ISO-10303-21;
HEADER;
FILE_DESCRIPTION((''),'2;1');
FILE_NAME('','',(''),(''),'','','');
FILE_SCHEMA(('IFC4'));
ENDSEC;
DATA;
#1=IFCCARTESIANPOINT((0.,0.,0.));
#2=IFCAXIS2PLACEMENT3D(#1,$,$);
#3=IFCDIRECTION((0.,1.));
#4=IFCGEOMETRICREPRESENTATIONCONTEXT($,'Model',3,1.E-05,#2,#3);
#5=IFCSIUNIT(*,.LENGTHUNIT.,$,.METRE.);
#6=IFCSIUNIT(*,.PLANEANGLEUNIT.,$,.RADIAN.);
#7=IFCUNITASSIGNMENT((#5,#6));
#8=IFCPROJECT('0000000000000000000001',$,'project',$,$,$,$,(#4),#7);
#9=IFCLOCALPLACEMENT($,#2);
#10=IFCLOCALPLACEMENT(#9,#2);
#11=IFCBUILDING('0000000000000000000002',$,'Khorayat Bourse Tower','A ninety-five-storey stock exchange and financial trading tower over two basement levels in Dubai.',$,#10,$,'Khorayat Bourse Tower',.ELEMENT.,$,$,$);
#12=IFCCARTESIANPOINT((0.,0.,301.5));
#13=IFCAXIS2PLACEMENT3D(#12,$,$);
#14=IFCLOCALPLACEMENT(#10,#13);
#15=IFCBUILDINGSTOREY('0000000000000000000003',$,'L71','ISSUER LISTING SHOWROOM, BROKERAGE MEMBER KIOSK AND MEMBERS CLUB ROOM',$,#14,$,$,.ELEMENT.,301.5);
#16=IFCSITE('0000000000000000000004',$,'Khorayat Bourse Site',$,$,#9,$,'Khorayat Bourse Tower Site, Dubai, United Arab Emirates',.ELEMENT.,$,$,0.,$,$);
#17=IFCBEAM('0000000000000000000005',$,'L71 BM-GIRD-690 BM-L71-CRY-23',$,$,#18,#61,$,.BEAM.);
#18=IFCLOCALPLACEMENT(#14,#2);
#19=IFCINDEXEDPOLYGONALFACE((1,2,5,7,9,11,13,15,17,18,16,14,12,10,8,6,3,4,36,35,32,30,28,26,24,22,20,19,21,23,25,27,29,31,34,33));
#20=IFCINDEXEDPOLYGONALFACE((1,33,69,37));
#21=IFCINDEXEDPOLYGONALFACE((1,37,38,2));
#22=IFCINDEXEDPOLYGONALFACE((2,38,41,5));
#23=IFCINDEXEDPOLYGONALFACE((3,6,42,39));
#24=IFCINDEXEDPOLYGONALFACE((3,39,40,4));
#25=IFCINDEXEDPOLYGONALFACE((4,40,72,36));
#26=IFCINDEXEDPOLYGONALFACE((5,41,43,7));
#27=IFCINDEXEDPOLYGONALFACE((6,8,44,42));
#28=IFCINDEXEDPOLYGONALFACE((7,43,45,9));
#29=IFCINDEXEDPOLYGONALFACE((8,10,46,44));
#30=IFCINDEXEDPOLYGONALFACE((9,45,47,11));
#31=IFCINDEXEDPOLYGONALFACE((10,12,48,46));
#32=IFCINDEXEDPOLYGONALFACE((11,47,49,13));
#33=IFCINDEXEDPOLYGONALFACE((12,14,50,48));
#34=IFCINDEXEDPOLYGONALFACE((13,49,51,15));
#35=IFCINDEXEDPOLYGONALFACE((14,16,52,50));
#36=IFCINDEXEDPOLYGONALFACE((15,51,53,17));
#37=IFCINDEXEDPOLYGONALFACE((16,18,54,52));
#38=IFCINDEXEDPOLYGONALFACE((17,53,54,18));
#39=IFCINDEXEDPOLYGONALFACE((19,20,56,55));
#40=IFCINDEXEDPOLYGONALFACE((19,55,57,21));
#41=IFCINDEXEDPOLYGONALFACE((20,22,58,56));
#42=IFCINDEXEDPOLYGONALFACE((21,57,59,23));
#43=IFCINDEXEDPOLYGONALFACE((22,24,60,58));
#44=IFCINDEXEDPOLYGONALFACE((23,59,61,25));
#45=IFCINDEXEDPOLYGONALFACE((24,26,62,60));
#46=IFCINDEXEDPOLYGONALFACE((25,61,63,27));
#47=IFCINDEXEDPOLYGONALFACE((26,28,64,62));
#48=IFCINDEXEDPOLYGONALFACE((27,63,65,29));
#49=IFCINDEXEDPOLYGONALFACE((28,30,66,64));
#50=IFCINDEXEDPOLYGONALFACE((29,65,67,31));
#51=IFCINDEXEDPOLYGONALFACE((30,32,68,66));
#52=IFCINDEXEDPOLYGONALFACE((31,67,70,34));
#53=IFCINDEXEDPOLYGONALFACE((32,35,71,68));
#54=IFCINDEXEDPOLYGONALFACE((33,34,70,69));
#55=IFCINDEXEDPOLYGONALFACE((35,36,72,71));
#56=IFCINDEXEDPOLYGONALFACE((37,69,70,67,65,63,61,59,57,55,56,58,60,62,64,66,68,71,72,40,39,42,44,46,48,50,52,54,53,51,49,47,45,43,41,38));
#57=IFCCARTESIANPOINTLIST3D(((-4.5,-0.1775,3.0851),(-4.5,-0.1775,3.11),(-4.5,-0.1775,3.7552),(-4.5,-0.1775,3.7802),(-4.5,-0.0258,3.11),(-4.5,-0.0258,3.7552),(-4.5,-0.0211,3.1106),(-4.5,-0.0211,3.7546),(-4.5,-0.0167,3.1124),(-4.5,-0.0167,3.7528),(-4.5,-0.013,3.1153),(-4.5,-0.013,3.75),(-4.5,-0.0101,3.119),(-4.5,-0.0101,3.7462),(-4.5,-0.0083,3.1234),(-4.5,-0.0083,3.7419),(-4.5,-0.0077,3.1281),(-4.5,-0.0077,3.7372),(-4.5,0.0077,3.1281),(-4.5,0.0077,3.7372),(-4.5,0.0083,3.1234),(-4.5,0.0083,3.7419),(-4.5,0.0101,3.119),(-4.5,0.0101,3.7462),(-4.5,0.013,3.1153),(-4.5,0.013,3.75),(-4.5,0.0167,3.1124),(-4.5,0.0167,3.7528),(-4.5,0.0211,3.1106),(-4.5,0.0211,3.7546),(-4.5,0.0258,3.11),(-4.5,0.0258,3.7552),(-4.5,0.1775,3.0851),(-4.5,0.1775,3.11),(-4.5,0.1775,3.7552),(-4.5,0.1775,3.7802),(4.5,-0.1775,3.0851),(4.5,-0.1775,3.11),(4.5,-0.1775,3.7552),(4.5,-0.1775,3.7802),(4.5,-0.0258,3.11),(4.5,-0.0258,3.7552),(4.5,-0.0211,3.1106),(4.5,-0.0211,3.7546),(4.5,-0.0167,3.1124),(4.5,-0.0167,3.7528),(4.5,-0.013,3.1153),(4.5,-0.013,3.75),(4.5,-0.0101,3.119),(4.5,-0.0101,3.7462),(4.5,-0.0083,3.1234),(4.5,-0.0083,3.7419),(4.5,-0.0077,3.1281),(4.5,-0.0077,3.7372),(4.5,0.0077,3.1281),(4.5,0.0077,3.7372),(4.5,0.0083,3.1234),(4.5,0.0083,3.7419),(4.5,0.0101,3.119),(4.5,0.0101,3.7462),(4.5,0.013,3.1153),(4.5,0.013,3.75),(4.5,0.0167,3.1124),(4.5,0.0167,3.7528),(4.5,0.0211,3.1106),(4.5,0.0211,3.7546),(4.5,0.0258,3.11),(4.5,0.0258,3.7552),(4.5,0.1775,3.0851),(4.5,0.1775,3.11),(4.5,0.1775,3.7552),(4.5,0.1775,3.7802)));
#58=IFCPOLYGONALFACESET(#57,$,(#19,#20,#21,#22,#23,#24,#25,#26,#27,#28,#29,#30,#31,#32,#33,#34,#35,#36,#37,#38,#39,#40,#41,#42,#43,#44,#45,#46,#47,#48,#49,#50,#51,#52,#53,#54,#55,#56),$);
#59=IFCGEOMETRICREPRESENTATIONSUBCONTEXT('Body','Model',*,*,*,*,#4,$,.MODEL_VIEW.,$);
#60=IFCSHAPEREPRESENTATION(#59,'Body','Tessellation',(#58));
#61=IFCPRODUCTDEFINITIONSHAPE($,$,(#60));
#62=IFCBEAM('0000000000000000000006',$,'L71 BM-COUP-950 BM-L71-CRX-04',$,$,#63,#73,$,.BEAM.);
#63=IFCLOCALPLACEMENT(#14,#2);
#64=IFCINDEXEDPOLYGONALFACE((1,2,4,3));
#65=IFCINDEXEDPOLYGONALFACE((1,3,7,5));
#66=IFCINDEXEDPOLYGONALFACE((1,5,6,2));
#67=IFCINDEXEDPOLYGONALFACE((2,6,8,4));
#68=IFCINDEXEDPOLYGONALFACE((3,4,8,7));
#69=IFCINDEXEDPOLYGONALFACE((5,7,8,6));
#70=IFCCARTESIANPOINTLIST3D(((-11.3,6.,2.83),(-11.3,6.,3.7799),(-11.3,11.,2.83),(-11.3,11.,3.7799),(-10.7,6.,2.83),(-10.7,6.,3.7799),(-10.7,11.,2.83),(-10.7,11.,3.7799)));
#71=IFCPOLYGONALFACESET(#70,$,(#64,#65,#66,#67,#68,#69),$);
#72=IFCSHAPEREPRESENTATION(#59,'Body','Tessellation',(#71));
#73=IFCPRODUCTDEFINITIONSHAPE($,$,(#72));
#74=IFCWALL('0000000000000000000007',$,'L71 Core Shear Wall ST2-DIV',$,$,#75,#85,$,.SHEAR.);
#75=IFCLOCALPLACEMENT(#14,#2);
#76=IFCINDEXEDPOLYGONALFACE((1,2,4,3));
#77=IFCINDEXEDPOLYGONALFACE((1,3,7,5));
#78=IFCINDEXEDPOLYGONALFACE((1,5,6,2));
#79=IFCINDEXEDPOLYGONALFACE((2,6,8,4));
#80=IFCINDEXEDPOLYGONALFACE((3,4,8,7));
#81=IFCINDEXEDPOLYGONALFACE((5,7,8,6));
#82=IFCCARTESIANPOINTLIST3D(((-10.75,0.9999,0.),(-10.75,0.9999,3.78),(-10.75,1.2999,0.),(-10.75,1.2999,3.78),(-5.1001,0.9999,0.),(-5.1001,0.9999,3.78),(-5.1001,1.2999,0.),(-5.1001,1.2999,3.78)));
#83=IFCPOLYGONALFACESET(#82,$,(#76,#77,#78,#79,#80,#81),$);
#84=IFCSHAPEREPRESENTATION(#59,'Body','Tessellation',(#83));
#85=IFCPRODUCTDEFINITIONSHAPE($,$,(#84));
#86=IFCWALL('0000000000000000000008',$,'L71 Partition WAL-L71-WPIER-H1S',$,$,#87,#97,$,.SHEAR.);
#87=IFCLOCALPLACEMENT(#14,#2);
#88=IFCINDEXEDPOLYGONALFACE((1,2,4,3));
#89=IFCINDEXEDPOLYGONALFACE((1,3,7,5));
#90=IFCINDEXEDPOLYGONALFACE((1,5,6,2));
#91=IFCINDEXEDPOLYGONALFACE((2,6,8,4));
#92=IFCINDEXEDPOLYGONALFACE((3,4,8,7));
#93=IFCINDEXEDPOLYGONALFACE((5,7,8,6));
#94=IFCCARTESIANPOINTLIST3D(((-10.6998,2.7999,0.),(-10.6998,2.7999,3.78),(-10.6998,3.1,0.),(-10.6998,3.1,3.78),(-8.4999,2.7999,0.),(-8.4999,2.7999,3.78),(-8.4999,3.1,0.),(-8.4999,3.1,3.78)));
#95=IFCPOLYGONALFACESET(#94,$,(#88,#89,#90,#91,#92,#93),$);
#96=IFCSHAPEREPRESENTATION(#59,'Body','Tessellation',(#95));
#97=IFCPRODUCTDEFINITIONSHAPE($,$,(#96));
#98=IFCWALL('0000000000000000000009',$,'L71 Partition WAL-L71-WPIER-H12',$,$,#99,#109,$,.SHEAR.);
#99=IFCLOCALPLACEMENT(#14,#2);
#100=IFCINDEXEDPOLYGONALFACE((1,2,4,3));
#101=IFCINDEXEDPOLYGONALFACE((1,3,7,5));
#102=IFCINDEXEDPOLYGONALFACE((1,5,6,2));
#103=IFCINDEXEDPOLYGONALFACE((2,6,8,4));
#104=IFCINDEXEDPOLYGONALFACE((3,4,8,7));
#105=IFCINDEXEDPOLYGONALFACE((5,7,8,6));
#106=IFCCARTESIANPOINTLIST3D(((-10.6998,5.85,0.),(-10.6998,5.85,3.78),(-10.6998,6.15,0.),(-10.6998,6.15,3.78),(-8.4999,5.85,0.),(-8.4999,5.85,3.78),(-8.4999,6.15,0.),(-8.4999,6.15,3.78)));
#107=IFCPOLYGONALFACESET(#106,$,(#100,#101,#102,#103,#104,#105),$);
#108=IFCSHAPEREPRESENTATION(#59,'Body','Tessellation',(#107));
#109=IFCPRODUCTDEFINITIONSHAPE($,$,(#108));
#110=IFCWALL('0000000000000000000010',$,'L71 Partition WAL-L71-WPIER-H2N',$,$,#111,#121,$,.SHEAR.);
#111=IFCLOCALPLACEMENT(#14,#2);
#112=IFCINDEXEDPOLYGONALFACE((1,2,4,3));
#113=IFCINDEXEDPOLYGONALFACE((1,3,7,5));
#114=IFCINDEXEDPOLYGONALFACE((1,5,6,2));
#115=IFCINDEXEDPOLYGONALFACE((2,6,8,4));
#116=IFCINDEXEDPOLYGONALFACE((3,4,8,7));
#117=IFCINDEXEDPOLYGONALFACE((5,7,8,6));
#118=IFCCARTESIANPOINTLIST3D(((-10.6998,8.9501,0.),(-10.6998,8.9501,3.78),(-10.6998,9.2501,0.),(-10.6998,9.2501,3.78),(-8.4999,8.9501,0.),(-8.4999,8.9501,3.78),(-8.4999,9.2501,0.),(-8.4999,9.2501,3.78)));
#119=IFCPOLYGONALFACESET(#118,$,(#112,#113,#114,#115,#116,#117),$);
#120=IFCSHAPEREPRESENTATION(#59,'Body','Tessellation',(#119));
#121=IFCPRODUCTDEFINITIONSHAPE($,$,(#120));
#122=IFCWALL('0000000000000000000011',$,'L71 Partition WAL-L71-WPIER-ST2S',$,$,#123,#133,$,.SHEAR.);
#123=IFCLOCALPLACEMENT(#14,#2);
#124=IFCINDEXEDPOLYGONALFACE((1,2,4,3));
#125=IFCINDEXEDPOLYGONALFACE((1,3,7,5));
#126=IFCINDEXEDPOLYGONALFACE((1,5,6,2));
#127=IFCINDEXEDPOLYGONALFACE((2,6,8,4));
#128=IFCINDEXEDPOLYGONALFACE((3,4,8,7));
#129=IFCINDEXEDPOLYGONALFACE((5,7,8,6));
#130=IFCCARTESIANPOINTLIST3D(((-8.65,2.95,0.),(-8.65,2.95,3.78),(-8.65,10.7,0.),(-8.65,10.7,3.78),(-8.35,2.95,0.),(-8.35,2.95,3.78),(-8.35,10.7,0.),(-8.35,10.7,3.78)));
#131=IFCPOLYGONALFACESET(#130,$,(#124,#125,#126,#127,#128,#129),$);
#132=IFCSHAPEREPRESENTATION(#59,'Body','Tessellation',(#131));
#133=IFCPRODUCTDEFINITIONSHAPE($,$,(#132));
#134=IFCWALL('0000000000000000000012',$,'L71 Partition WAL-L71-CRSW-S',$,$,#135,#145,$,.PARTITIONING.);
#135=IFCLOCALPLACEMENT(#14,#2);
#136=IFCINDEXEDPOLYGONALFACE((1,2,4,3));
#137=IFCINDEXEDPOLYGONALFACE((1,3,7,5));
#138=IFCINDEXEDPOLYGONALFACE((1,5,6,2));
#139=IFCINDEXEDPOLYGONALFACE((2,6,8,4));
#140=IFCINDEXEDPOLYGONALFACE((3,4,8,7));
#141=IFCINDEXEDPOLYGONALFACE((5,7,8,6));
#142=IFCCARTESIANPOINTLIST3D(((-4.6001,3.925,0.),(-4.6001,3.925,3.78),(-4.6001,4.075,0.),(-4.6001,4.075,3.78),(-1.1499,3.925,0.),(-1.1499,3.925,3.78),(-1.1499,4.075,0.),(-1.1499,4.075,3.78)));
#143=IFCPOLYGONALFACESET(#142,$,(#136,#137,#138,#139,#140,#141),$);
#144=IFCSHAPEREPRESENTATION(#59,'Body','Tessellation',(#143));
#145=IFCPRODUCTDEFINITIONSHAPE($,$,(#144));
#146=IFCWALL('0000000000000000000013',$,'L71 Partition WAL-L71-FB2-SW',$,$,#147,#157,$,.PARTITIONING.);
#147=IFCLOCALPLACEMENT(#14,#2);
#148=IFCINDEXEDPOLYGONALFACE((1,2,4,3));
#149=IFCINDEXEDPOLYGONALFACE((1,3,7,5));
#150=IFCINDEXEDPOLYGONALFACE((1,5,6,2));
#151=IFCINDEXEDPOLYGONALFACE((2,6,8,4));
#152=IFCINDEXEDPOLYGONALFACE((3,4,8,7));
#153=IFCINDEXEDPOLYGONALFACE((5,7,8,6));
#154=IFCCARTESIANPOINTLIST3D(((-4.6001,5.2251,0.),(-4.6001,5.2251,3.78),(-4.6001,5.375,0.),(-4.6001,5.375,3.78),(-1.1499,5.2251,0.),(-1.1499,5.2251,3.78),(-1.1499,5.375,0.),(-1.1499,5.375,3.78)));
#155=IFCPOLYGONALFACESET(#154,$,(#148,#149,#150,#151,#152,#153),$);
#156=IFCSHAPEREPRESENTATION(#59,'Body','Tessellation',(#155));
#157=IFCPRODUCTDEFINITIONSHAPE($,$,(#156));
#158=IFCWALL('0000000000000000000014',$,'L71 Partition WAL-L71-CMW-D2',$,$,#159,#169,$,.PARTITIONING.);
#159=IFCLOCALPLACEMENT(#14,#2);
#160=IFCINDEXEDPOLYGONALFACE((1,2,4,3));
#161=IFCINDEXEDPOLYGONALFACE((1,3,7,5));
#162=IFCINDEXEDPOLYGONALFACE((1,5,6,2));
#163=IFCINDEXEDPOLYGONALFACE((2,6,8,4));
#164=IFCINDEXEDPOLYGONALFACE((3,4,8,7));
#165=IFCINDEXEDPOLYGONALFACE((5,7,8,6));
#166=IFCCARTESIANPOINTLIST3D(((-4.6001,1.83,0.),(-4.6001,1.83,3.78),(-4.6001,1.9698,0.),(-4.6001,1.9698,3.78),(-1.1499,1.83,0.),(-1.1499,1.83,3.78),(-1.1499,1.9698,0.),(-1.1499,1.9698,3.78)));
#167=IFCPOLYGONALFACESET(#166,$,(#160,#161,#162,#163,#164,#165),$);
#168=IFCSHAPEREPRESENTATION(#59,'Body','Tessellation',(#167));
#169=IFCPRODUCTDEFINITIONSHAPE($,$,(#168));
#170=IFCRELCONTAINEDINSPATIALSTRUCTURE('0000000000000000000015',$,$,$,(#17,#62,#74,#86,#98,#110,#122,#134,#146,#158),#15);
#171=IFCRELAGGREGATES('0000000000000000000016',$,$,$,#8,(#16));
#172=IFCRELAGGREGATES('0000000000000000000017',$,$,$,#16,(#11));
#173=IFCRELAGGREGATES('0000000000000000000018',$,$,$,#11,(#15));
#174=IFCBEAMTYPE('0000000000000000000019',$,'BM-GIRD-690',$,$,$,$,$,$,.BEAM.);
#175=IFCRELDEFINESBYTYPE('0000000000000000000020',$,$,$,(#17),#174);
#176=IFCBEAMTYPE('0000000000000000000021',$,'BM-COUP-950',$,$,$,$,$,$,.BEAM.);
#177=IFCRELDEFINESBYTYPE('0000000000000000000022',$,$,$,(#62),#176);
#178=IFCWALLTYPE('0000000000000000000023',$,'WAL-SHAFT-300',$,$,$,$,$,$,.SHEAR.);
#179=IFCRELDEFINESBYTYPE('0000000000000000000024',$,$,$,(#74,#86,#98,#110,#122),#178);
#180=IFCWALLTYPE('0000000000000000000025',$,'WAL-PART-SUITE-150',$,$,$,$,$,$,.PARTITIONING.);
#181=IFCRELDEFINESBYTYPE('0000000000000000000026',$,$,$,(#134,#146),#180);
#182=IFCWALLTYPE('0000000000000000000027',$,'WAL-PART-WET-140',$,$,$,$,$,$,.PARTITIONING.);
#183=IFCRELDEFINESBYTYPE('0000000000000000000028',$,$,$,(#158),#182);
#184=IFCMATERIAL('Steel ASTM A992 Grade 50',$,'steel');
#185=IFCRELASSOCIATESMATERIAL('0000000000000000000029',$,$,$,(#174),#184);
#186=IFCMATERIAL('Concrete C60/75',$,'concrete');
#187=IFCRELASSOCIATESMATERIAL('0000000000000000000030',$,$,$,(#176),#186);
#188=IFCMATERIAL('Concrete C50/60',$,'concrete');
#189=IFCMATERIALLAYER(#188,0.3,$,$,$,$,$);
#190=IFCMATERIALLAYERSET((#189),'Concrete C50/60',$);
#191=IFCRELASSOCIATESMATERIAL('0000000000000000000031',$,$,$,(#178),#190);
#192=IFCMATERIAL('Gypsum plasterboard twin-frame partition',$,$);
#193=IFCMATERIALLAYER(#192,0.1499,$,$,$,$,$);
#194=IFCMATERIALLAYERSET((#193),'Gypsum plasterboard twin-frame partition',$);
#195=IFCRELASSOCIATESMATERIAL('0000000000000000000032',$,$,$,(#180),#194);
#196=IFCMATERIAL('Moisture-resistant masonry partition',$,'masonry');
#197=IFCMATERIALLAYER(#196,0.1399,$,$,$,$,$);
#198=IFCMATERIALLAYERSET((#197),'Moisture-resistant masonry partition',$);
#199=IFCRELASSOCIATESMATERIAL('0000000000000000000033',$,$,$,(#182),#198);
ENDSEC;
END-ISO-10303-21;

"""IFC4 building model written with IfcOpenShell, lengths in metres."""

from ifc_helpers import new_model, si_unit, direction, frame, frame_2d, origin, origin_2d, place, context, subcontext, project, spatial, rectangle, i_section, extrude, source, transform, mapped, material, layer, layer_set, material_profile, profile_set, type_object, element, save


model = new_model("IFC4")

# Units and contexts
model_context = context("Model", 3, precision=1e-05, world=origin(), true_north=direction((0.0, 1.0)))
body_context = subcontext(model_context, "Body", "Model", "MODEL_VIEW")
ifc_project = project(units=[si_unit("LENGTHUNIT", "METRE"), si_unit("PLANEANGLEUNIT", "RADIAN")], contexts=[model_context])

# Site, building, storey
site_placement = place(None, origin())
site = spatial("IfcSite", under=ifc_project, at=site_placement, Name="Khorayat Bourse Site", LongName="Khorayat Bourse Tower Site, Dubai, United Arab Emirates", CompositionType="ELEMENT", RefElevation=0.0)
building_placement = place(site_placement, origin())
building = spatial("IfcBuilding", under=site, at=building_placement, Name="Khorayat Bourse Tower", Description="A ninety-five-storey stock exchange and financial trading tower over two basement levels in Dubai.", LongName="Khorayat Bourse Tower", CompositionType="ELEMENT")
storey_placement = place(building_placement, frame((0.0, 0.0, 301.5)))
storey = spatial("IfcBuildingStorey", under=building, at=storey_placement, Name="L71", Description="ISSUER LISTING SHOWROOM, BROKERAGE MEMBER KIOSK AND MEMBERS CLUB ROOM", CompositionType="ELEMENT", Elevation=301.5)

# Beams
ifc_material_1 = material(Name="Steel ASTM A992 Grade 50", Category="steel")
ifc_material_profile_1 = material_profile(ifc_material_1, i_section(OverallWidth=0.355, OverallDepth=0.6951, WebThickness=0.0154, FlangeThickness=0.0249, FilletRadius=0.0181, at=origin_2d()), Name="W690X217")
ifc_profile_set_1 = profile_set([ifc_material_profile_1], Name="Steel ASTM A992 Grade 50")
beam_type_1 = type_object("IfcBeamType", Name="BM-GIRD-690", PredefinedType="BEAM", material=ifc_profile_set_1)
shared_shape_1 = source(origin(), body_context, "Body", "SweptSolid", [
    extrude(i_section(OverallWidth=0.355, OverallDepth=0.6951, WebThickness=0.0154, FlangeThickness=0.0249, FilletRadius=0.0181, at=origin_2d()), origin(), (0.0, 0.0, 1.0), 9.0),
])
beam_1_placement = place(storey_placement, frame((-4.5, 0.0, 3.4326), z_axis=(1.0, 0.0, 0.0), x_axis=(0.0, 1.0, 0.0)))
element("IfcBeam", 1, at=beam_1_placement, inside=storey, type_object=beam_type_1, Name="L71 BM-GIRD-690 BM-L71-CRY-23", PredefinedType="BEAM", context=body_context, shape_type="MappedRepresentation", body=[
    mapped(shared_shape_1, transform((0.0, 0.0, 0.0), scale=1.0)),
])
ifc_material_2 = material(Name="Concrete C60/75", Category="concrete")
ifc_material_profile_2 = material_profile(ifc_material_2, rectangle(XDim=0.6001, YDim=0.95, at=origin_2d()), Name="RC 600x950")
ifc_profile_set_2 = profile_set([ifc_material_profile_2], Name="Concrete C60/75")
beam_type_2 = type_object("IfcBeamType", Name="BM-COUP-950", PredefinedType="BEAM", material=ifc_profile_set_2)
shared_shape_2 = source(origin(), body_context, "Body", "SweptSolid", [
    extrude(rectangle(XDim=0.6001, YDim=0.95, at=origin_2d()), origin(), (0.0, 0.0, 1.0), 5.0),
])
beam_2_placement = place(storey_placement, frame((-11.0, 6.0, 3.3049), z_axis=(0.0, 1.0, 0.0), x_axis=(-1.0, 0.0, 0.0)))
element("IfcBeam", 2, at=beam_2_placement, inside=storey, type_object=beam_type_2, Name="L71 BM-COUP-950 BM-L71-CRX-04", PredefinedType="BEAM", context=body_context, shape_type="MappedRepresentation", body=[
    mapped(shared_shape_2, transform((0.0, 0.0, 0.0), scale=1.0)),
])

# Walls
ifc_material_3 = material(Name="Concrete C50/60", Category="concrete")
ifc_layer_1 = layer(ifc_material_3, 0.3)
ifc_layer_set_1 = layer_set([ifc_layer_1], Name="Concrete C50/60")
wall_type_1 = type_object("IfcWallType", Name="WAL-SHAFT-300", PredefinedType="SHEAR", material=ifc_layer_set_1)
shared_shape_3 = source(origin(), body_context, "Body", "SweptSolid", [
    extrude(rectangle(XDim=5.6499, YDim=0.3, at=frame_2d((2.825, 0.0))), origin(), (0.0, 0.0, 1.0), 3.78),
])
wall_1_placement = place(storey_placement, frame((-10.75, 1.1499, 0.0), z_axis=(0.0, 0.0, 1.0), x_axis=(1.0, 0.0, 0.0)))
element("IfcWall", 3, at=wall_1_placement, inside=storey, type_object=wall_type_1, Name="L71 Core Shear Wall ST2-DIV", PredefinedType="SHEAR", context=body_context, shape_type="MappedRepresentation", body=[
    mapped(shared_shape_3, transform((0.0, 0.0, 0.0), scale=1.0)),
])
shared_shape_4 = source(origin(), body_context, "Body", "SweptSolid", [
    extrude(rectangle(XDim=2.2, YDim=0.3, at=frame_2d((1.1001, 0.0))), origin(), (0.0, 0.0, 1.0), 3.78),
])
for number, where, z_axis, x_axis, name in (
    (4, (-10.7, 2.95, 0.0), (0.0, 0.0, 1.0), (1.0, 0.0, 0.0), "L71 Partition WAL-L71-WPIER-H1S"),
    (5, (-10.7, 6.0, 0.0), (0.0, 0.0, 1.0), (1.0, 0.0, 0.0), "L71 Partition WAL-L71-WPIER-H12"),
    (6, (-10.7, 9.1001, 0.0), (0.0, 0.0, 1.0), (1.0, 0.0, 0.0), "L71 Partition WAL-L71-WPIER-H2N"),
):
    element("IfcWall", number, at=place(storey_placement, frame(where, z_axis=z_axis, x_axis=x_axis)), inside=storey, type_object=wall_type_1, Name=name, PredefinedType="SHEAR", context=body_context, shape_type="MappedRepresentation", body=[
        mapped(shared_shape_4, transform((0.0, 0.0, 0.0), scale=1.0)),
    ])
shared_shape_5 = source(origin(), body_context, "Body", "SweptSolid", [
    extrude(rectangle(XDim=7.75, YDim=0.3, at=frame_2d((3.875, 0.0))), origin(), (0.0, 0.0, 1.0), 3.78),
])
wall_2_placement = place(storey_placement, frame((-8.5, 2.95, 0.0), z_axis=(0.0, 0.0, 1.0), x_axis=(0.0, 1.0, 0.0)))
element("IfcWall", 7, at=wall_2_placement, inside=storey, type_object=wall_type_1, Name="L71 Partition WAL-L71-WPIER-ST2S", PredefinedType="SHEAR", context=body_context, shape_type="MappedRepresentation", body=[
    mapped(shared_shape_5, transform((0.0, 0.0, 0.0), scale=1.0)),
])
ifc_material_4 = material(Name="Gypsum plasterboard twin-frame partition")
ifc_layer_2 = layer(ifc_material_4, 0.1499)
ifc_layer_set_2 = layer_set([ifc_layer_2], Name="Gypsum plasterboard twin-frame partition")
wall_type_2 = type_object("IfcWallType", Name="WAL-PART-SUITE-150", PredefinedType="PARTITIONING", material=ifc_layer_set_2)
shared_shape_6 = source(origin(), body_context, "Body", "SweptSolid", [
    extrude(rectangle(XDim=3.4502, YDim=0.1499, at=frame_2d((1.7251, 0.0))), origin(), (0.0, 0.0, 1.0), 3.78),
])
for number, where, z_axis, x_axis, name in (
    (8, (-4.6001, 4.0, 0.0), (0.0, 0.0, 1.0), (1.0, 0.0, 0.0), "L71 Partition WAL-L71-CRSW-S"),
    (9, (-4.6001, 5.3, 0.0), (0.0, 0.0, 1.0), (1.0, 0.0, 0.0), "L71 Partition WAL-L71-FB2-SW"),
):
    element("IfcWall", number, at=place(storey_placement, frame(where, z_axis=z_axis, x_axis=x_axis)), inside=storey, type_object=wall_type_2, Name=name, PredefinedType="PARTITIONING", context=body_context, shape_type="MappedRepresentation", body=[
        mapped(shared_shape_6, transform((0.0, 0.0, 0.0), scale=1.0)),
    ])
ifc_material_5 = material(Name="Moisture-resistant masonry partition", Category="masonry")
ifc_layer_3 = layer(ifc_material_5, 0.1399)
ifc_layer_set_3 = layer_set([ifc_layer_3], Name="Moisture-resistant masonry partition")
wall_type_3 = type_object("IfcWallType", Name="WAL-PART-WET-140", PredefinedType="PARTITIONING", material=ifc_layer_set_3)
shared_shape_7 = source(origin(), body_context, "Body", "SweptSolid", [
    extrude(rectangle(XDim=3.4502, YDim=0.1399, at=frame_2d((1.7251, 0.0))), origin(), (0.0, 0.0, 1.0), 3.78),
])
wall_3_placement = place(storey_placement, frame((-4.6001, 1.8999, 0.0), z_axis=(0.0, 0.0, 1.0), x_axis=(1.0, 0.0, 0.0)))
element("IfcWall", 10, at=wall_3_placement, inside=storey, type_object=wall_type_3, Name="L71 Partition WAL-L71-CMW-D2", PredefinedType="PARTITIONING", context=body_context, shape_type="MappedRepresentation", body=[
    mapped(shared_shape_7, transform((0.0, 0.0, 0.0), scale=1.0)),
])

save(model, "model.ifc")
